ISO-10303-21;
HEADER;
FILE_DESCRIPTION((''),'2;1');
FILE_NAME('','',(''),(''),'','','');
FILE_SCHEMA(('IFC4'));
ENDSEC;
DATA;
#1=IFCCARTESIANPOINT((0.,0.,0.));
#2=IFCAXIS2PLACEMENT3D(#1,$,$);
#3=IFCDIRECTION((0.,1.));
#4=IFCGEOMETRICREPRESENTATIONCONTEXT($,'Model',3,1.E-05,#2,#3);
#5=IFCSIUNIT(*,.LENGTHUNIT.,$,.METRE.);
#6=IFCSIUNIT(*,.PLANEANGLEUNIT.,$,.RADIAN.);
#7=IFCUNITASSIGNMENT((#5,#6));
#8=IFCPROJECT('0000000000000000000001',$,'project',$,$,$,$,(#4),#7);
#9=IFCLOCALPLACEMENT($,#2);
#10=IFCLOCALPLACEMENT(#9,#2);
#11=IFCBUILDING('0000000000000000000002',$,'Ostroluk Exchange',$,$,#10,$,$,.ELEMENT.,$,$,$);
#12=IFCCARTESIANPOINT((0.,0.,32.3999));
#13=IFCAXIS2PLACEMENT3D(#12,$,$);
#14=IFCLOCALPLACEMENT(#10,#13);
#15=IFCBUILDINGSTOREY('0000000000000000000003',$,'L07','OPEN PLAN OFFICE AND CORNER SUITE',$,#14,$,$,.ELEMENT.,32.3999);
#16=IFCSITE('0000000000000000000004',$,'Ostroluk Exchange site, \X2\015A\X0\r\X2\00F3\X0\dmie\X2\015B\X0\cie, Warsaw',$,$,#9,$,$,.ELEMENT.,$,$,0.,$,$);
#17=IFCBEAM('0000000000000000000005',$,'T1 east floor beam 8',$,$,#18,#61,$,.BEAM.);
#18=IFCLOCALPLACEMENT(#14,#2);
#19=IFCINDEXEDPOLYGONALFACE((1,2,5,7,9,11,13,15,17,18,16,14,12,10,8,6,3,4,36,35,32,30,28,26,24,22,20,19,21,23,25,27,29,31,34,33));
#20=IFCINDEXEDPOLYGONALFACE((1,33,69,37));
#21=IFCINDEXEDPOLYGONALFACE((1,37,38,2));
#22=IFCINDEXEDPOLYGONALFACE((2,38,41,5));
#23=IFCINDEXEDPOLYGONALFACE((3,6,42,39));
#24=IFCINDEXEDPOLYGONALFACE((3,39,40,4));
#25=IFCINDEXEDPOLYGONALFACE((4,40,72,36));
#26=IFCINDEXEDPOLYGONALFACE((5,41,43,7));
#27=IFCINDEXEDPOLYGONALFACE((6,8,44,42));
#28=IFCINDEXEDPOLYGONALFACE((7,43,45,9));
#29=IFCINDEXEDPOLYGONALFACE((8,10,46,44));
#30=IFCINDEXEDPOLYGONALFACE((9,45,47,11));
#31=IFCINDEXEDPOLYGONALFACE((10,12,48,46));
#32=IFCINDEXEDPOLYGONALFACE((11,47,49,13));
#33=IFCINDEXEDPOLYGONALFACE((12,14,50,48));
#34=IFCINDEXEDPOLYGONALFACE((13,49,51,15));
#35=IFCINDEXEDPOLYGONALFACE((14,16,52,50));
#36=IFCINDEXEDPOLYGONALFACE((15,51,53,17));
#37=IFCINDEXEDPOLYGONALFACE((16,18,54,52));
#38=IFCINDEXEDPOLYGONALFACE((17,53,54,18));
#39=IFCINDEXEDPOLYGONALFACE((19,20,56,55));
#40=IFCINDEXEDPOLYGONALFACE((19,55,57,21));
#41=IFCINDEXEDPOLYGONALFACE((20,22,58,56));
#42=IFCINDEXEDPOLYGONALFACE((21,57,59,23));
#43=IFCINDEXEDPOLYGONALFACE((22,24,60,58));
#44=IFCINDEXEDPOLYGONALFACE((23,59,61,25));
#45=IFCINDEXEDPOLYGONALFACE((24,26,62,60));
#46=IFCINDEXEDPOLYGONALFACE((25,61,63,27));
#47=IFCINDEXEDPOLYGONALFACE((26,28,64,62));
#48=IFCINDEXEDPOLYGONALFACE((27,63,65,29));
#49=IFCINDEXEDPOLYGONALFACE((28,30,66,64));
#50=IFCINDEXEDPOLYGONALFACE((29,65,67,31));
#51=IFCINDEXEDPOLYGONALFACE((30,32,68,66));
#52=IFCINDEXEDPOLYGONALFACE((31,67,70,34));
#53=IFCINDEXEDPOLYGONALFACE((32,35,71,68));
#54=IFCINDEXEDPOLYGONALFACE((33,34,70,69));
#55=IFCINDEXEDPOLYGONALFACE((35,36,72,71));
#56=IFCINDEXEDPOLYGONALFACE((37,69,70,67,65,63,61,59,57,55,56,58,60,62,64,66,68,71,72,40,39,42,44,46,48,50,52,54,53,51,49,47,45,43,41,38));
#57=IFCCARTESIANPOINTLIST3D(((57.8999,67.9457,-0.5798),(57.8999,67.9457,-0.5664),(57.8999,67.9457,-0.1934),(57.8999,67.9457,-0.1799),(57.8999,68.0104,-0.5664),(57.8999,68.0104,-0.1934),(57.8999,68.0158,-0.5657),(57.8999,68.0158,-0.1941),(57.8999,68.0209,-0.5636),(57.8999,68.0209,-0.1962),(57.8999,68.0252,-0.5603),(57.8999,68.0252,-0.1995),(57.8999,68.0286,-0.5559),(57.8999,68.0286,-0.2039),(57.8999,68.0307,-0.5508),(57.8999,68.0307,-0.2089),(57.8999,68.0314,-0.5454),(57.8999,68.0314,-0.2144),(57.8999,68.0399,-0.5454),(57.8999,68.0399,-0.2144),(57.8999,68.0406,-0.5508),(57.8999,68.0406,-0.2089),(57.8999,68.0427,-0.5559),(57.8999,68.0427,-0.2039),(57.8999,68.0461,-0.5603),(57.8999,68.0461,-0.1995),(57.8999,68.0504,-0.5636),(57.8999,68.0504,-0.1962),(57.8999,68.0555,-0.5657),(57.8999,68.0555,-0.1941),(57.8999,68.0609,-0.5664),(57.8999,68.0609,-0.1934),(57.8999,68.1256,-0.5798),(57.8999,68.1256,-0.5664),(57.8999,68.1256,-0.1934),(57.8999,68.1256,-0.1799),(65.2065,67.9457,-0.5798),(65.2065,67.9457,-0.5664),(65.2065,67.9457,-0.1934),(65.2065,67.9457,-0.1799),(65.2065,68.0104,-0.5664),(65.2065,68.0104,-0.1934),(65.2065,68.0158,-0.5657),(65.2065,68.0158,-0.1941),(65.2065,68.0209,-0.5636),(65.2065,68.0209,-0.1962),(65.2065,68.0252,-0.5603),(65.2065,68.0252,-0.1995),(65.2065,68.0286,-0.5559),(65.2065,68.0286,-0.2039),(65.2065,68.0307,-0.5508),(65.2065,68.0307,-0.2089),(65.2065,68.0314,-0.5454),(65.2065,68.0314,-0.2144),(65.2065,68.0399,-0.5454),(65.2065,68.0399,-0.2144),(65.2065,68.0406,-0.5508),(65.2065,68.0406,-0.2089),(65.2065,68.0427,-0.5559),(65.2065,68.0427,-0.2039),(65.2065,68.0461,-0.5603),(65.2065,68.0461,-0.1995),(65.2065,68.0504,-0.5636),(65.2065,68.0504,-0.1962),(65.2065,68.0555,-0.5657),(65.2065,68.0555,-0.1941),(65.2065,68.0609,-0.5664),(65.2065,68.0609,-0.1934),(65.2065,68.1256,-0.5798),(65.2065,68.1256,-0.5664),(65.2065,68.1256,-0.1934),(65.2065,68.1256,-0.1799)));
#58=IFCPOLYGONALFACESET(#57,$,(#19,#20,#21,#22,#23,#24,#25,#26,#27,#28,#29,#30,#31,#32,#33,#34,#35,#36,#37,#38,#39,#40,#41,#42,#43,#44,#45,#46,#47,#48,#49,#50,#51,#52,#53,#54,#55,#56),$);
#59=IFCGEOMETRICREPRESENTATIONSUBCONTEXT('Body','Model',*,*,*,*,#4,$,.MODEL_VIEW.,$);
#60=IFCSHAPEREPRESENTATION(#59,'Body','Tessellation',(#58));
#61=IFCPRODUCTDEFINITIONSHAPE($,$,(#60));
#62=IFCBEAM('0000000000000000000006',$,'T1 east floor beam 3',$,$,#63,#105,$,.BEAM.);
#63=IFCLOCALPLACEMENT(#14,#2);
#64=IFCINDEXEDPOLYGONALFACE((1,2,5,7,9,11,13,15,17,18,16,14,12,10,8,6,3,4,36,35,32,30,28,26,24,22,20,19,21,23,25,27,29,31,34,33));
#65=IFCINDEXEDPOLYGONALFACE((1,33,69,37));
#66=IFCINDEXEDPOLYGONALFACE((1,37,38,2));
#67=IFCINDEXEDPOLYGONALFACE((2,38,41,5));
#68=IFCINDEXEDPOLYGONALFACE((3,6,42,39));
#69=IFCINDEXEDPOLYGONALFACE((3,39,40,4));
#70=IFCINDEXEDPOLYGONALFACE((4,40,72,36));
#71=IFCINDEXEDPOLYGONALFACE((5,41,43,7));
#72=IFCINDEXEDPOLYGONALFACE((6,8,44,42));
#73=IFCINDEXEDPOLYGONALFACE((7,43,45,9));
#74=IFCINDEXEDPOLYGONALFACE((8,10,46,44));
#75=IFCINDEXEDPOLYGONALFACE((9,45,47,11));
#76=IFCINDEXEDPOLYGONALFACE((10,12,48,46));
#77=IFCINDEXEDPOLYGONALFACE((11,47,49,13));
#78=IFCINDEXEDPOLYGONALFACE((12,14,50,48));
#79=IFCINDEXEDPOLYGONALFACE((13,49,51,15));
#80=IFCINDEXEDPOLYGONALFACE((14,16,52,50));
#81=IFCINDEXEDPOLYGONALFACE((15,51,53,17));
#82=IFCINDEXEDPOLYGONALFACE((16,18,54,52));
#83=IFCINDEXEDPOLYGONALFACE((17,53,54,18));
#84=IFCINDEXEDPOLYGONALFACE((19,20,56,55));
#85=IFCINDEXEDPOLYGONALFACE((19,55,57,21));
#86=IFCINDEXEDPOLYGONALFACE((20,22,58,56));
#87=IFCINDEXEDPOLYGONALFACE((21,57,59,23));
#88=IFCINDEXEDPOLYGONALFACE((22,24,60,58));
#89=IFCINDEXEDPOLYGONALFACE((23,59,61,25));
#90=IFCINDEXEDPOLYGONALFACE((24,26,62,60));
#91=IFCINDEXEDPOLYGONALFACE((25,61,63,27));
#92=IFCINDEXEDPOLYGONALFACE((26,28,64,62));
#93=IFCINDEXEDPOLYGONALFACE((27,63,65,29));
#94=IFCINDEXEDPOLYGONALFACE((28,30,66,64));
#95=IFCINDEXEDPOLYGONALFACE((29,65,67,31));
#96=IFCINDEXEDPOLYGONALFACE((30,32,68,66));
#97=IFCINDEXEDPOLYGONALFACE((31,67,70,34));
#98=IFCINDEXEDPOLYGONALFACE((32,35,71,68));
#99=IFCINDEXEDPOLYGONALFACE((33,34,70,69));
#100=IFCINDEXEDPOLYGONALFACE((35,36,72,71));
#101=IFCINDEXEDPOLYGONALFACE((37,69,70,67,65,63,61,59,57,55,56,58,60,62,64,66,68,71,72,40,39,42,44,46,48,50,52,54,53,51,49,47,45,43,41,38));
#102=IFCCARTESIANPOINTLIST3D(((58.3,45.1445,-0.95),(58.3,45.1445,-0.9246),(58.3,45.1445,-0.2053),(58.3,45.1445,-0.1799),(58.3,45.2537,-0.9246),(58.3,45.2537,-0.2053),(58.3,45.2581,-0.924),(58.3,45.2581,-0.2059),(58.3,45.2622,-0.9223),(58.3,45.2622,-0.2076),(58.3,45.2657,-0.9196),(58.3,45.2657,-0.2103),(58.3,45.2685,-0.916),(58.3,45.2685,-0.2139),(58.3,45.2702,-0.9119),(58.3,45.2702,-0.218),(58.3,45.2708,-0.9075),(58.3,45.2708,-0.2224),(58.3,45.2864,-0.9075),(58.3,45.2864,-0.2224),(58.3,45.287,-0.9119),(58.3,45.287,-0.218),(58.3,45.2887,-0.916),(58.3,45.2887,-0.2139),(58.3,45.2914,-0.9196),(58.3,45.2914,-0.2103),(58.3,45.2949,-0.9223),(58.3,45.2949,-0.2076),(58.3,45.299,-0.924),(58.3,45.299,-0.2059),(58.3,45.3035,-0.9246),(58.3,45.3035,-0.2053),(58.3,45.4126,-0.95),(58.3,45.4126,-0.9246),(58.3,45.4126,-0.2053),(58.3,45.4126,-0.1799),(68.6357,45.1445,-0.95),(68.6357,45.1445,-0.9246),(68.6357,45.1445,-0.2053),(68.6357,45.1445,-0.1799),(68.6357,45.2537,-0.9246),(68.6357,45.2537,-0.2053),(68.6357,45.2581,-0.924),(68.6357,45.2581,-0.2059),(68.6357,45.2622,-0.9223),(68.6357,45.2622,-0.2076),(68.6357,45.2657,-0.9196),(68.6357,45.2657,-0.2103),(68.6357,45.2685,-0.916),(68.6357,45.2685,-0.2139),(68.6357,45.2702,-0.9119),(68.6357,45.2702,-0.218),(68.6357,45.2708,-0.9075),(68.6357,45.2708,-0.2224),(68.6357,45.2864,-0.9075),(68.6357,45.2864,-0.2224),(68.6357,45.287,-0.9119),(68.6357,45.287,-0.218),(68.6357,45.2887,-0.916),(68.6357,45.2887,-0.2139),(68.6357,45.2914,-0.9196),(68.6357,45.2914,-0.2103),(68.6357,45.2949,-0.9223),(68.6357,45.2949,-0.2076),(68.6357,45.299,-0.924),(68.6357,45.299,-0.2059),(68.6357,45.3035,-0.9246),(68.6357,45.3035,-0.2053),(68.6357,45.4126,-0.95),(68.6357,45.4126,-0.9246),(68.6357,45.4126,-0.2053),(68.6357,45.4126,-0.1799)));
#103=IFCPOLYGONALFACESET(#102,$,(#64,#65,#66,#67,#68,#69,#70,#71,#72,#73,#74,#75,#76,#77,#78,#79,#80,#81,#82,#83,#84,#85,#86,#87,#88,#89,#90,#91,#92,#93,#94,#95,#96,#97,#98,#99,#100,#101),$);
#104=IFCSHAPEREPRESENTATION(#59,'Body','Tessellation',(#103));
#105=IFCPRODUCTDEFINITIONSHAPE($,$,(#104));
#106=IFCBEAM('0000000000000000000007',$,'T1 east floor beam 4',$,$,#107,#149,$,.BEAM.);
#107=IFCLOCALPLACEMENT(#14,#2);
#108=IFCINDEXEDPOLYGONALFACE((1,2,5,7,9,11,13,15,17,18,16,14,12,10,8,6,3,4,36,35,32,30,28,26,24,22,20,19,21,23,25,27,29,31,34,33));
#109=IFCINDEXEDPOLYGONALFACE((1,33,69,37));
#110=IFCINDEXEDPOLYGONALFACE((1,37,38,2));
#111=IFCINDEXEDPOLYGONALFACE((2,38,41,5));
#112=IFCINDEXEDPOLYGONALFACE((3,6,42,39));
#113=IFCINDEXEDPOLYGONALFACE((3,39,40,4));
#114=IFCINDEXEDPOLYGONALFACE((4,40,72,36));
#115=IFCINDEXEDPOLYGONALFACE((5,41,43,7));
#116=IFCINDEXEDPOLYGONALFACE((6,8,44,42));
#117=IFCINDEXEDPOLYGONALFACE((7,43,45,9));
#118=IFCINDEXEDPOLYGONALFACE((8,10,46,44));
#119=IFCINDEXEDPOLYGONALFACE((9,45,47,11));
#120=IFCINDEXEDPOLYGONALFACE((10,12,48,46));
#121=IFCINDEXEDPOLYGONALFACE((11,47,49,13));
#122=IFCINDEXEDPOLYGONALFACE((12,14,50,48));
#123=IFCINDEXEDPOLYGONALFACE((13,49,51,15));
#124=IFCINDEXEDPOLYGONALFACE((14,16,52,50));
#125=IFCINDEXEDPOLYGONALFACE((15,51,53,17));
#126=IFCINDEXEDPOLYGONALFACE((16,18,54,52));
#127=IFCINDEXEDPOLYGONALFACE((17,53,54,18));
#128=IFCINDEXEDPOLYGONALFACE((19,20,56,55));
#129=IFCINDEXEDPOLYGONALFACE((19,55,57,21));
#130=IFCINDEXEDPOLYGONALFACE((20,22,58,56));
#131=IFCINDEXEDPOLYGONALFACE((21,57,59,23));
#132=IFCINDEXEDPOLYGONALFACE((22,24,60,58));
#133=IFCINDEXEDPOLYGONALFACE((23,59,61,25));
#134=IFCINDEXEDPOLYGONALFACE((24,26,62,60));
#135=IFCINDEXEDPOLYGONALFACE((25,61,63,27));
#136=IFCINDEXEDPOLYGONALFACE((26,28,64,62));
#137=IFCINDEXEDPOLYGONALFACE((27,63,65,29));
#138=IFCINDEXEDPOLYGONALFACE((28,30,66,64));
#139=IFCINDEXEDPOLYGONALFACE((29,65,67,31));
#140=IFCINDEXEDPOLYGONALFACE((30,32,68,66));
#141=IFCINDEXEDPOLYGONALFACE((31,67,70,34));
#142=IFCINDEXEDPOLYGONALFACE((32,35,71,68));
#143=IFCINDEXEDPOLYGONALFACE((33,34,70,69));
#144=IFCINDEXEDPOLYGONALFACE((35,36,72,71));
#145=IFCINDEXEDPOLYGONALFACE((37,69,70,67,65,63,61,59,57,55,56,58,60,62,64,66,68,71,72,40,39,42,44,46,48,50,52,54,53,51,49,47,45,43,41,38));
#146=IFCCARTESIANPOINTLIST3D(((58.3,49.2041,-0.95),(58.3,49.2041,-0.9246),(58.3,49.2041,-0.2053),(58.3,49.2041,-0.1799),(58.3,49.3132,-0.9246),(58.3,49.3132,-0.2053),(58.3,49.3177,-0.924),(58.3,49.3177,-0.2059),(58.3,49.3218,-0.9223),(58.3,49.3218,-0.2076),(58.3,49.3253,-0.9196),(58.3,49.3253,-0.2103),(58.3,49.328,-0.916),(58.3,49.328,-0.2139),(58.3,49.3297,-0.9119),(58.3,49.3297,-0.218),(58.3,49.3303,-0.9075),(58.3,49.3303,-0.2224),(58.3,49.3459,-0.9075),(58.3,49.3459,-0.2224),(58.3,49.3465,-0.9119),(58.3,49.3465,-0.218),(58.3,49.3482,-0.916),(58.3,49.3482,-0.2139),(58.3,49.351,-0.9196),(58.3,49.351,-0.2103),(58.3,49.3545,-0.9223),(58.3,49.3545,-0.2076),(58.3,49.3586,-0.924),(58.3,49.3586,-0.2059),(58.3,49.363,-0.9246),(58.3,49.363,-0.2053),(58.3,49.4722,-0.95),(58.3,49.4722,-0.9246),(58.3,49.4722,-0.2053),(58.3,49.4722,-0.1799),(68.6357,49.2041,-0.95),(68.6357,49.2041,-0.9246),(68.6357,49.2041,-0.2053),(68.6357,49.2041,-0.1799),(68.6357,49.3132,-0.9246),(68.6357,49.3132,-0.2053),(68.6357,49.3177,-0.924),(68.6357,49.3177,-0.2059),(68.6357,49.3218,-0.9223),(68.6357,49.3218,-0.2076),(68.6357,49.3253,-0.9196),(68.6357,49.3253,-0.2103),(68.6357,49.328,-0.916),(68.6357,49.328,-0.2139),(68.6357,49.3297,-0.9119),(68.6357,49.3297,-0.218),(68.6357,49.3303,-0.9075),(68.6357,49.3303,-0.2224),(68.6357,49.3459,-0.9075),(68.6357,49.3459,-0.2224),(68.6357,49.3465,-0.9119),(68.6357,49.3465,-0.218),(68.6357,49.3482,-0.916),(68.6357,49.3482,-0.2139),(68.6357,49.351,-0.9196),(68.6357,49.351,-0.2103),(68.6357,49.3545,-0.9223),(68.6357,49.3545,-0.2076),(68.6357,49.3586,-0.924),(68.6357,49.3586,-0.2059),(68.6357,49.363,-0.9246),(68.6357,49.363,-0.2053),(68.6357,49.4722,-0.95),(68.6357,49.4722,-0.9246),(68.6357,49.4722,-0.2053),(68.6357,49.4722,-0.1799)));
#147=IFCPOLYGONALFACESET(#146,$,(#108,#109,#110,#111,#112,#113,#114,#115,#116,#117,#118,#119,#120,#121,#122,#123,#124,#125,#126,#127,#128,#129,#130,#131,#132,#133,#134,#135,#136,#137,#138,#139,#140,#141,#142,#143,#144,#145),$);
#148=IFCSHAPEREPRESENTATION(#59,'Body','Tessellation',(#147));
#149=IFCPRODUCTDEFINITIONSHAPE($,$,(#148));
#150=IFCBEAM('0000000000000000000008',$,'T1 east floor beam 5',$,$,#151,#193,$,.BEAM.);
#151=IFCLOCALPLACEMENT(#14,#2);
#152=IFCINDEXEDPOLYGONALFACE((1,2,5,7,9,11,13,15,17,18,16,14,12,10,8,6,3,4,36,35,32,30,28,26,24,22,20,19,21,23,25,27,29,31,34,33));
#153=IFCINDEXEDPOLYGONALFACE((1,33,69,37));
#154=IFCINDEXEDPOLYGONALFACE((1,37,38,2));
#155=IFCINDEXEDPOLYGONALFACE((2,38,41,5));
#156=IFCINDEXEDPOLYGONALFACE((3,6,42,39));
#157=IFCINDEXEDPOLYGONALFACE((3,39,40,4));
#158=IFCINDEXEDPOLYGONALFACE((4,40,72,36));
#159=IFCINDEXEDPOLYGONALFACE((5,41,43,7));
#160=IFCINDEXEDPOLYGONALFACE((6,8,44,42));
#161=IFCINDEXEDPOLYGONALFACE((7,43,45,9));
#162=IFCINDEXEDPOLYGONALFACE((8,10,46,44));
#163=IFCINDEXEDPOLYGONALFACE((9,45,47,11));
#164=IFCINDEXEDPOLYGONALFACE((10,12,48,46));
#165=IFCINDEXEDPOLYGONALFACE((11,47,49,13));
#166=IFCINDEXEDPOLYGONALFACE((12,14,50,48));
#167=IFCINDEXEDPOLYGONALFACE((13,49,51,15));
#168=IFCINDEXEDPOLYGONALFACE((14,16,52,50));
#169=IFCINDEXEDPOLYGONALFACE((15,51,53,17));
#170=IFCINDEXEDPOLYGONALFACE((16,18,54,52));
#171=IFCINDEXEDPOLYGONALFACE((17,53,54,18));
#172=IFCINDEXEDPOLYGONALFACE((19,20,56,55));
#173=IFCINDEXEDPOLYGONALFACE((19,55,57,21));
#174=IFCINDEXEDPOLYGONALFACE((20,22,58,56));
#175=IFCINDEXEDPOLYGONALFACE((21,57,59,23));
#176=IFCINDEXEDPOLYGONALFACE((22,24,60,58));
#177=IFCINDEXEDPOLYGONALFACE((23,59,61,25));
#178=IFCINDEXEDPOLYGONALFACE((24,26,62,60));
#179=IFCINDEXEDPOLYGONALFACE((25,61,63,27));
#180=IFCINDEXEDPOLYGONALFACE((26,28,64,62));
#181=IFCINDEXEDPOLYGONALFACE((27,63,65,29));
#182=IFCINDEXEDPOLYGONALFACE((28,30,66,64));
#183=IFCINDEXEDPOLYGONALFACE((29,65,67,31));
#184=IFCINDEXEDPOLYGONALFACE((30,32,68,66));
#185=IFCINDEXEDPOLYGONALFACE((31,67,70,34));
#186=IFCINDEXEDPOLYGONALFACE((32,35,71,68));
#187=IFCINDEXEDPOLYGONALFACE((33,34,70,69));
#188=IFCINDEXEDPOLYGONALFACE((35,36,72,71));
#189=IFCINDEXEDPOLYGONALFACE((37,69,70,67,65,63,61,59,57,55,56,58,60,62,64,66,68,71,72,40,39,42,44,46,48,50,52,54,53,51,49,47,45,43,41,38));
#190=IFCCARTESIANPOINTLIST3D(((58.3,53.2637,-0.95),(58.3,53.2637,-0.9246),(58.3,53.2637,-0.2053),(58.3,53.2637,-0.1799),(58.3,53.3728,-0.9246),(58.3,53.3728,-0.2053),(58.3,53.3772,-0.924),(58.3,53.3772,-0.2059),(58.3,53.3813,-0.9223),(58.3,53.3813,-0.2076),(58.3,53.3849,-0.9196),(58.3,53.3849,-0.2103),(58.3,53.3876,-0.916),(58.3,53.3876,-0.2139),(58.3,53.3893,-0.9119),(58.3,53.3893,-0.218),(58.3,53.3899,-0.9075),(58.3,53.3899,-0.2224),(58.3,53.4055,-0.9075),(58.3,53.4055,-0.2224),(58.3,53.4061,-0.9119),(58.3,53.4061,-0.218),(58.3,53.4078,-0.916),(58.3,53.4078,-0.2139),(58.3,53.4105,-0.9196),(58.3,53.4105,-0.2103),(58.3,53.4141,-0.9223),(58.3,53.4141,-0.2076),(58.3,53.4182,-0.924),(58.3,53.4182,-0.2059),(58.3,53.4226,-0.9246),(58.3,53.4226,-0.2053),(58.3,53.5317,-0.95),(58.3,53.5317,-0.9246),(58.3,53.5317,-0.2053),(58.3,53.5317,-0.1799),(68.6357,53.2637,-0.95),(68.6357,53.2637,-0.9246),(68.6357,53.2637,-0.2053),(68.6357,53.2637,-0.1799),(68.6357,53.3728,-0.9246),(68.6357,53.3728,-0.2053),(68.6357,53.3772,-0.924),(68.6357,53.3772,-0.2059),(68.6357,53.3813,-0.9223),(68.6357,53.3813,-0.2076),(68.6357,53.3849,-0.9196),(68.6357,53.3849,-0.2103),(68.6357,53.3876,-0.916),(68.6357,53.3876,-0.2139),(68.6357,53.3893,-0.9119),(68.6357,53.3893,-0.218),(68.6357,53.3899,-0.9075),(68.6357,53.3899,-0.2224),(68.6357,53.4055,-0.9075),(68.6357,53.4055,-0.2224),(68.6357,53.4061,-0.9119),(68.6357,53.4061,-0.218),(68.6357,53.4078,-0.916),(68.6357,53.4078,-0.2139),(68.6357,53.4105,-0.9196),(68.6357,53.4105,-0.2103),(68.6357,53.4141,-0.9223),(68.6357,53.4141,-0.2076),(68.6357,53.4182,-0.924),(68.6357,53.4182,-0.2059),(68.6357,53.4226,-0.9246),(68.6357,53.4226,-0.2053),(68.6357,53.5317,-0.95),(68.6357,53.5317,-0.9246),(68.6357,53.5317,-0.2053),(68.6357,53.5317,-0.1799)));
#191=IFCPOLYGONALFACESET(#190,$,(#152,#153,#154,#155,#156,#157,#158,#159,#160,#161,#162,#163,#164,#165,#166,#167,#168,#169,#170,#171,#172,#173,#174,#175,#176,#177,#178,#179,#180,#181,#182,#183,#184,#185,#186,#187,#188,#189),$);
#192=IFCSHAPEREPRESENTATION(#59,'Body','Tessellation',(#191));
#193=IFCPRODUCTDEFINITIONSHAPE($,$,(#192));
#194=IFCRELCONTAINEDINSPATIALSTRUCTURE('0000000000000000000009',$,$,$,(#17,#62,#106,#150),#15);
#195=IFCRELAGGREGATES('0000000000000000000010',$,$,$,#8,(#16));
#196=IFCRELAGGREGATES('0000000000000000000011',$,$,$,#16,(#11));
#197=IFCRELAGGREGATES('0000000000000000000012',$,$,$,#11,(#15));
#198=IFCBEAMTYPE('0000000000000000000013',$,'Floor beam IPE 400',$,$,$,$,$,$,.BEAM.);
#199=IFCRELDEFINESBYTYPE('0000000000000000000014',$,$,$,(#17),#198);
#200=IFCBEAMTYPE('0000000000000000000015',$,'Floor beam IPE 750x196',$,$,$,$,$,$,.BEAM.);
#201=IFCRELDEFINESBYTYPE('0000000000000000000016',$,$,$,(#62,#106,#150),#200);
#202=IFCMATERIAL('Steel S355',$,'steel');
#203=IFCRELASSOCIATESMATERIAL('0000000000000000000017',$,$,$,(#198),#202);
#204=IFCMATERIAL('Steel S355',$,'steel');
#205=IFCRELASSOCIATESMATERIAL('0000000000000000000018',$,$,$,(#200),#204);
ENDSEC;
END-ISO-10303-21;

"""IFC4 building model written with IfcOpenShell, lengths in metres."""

from ifc_helpers import new_model, si_unit, direction, frame, origin, origin_2d, place, context, subcontext, project, spatial, i_section, extrude, material, material_profile, profile_set, type_object, element, save


model = new_model("IFC4")

# Units and contexts
model_context = context("Model", 3, precision=1e-05, world=origin(), true_north=direction((0.0, 1.0)))
body_context = subcontext(model_context, "Body", "Model", "MODEL_VIEW")
ifc_project = project(units=[si_unit("LENGTHUNIT", "METRE"), si_unit("PLANEANGLEUNIT", "RADIAN")], contexts=[model_context])

# Site, building, storey
site_placement = place(None, origin())
site = spatial("IfcSite", under=ifc_project, at=site_placement, Name="Ostroluk Exchange site, Śródmieście, Warsaw", CompositionType="ELEMENT", RefElevation=0.0)
building_placement = place(site_placement, origin())
building = spatial("IfcBuilding", under=site, at=building_placement, Name="Ostroluk Exchange", CompositionType="ELEMENT")
storey_placement = place(building_placement, frame((0.0, 0.0, 32.3999)))
storey = spatial("IfcBuildingStorey", under=building, at=storey_placement, Name="L07", Description="OPEN PLAN OFFICE AND CORNER SUITE", CompositionType="ELEMENT", Elevation=32.3999)

# Beams
ifc_material_1 = material(Name="Steel S355", Category="steel")
ifc_material_profile_1 = material_profile(ifc_material_1, i_section(OverallWidth=0.1799, OverallDepth=0.3999, WebThickness=0.0085, FlangeThickness=0.0134, FilletRadius=0.021, at=origin_2d()), Name="IPE 400")
ifc_profile_set_1 = profile_set([ifc_material_profile_1], Name="Steel S355")
beam_type_1 = type_object("IfcBeamType", Name="Floor beam IPE 400", PredefinedType="BEAM", material=ifc_profile_set_1)
beam_1_placement = place(storey_placement, frame((57.8999, 68.0356, -0.3799), z_axis=(1.0, 0.0, 0.0), x_axis=(0.0, 1.0, 0.0)))
element("IfcBeam", 1, at=beam_1_placement, inside=storey, type_object=beam_type_1, Name="T1 east floor beam 8", PredefinedType="BEAM", context=body_context, shape_type="SweptSolid", body=[
    extrude(i_section(OverallWidth=0.1799, OverallDepth=0.3999, WebThickness=0.0085, FlangeThickness=0.0134, FilletRadius=0.021, at=origin_2d()), origin(), (0.0, 0.0, 1.0), 7.3066),
])
ifc_material_2 = material(Name="Steel S355", Category="steel")
ifc_material_profile_2 = material_profile(ifc_material_2, i_section(OverallWidth=0.2681, OverallDepth=0.77, WebThickness=0.0156, FlangeThickness=0.0254, FilletRadius=0.0171, at=origin_2d()), Name="IPE 750x196")
ifc_profile_set_2 = profile_set([ifc_material_profile_2], Name="Steel S355")
beam_type_2 = type_object("IfcBeamType", Name="Floor beam IPE 750x196", PredefinedType="BEAM", material=ifc_profile_set_2)
for number, where, z_axis, x_axis, name in (
    (2, (58.3, 45.2786, -0.5649), (1.0, 0.0, 0.0), (0.0, 1.0, 0.0), "T1 east floor beam 3"),
    (3, (58.3, 49.3381, -0.5649), (1.0, 0.0, 0.0), (0.0, 1.0, 0.0), "T1 east floor beam 4"),
    (4, (58.3, 53.3977, -0.5649), (1.0, 0.0, 0.0), (0.0, 1.0, 0.0), "T1 east floor beam 5"),
):
    element("IfcBeam", number, at=place(storey_placement, frame(where, z_axis=z_axis, x_axis=x_axis)), inside=storey, type_object=beam_type_2, Name=name, PredefinedType="BEAM", context=body_context, shape_type="SweptSolid", body=[
        extrude(i_section(OverallWidth=0.2681, OverallDepth=0.77, WebThickness=0.0156, FlangeThickness=0.0254, FilletRadius=0.0171, at=origin_2d()), origin(), (0.0, 0.0, 1.0), 10.3357),
    ])

save(model, "model.ifc")
